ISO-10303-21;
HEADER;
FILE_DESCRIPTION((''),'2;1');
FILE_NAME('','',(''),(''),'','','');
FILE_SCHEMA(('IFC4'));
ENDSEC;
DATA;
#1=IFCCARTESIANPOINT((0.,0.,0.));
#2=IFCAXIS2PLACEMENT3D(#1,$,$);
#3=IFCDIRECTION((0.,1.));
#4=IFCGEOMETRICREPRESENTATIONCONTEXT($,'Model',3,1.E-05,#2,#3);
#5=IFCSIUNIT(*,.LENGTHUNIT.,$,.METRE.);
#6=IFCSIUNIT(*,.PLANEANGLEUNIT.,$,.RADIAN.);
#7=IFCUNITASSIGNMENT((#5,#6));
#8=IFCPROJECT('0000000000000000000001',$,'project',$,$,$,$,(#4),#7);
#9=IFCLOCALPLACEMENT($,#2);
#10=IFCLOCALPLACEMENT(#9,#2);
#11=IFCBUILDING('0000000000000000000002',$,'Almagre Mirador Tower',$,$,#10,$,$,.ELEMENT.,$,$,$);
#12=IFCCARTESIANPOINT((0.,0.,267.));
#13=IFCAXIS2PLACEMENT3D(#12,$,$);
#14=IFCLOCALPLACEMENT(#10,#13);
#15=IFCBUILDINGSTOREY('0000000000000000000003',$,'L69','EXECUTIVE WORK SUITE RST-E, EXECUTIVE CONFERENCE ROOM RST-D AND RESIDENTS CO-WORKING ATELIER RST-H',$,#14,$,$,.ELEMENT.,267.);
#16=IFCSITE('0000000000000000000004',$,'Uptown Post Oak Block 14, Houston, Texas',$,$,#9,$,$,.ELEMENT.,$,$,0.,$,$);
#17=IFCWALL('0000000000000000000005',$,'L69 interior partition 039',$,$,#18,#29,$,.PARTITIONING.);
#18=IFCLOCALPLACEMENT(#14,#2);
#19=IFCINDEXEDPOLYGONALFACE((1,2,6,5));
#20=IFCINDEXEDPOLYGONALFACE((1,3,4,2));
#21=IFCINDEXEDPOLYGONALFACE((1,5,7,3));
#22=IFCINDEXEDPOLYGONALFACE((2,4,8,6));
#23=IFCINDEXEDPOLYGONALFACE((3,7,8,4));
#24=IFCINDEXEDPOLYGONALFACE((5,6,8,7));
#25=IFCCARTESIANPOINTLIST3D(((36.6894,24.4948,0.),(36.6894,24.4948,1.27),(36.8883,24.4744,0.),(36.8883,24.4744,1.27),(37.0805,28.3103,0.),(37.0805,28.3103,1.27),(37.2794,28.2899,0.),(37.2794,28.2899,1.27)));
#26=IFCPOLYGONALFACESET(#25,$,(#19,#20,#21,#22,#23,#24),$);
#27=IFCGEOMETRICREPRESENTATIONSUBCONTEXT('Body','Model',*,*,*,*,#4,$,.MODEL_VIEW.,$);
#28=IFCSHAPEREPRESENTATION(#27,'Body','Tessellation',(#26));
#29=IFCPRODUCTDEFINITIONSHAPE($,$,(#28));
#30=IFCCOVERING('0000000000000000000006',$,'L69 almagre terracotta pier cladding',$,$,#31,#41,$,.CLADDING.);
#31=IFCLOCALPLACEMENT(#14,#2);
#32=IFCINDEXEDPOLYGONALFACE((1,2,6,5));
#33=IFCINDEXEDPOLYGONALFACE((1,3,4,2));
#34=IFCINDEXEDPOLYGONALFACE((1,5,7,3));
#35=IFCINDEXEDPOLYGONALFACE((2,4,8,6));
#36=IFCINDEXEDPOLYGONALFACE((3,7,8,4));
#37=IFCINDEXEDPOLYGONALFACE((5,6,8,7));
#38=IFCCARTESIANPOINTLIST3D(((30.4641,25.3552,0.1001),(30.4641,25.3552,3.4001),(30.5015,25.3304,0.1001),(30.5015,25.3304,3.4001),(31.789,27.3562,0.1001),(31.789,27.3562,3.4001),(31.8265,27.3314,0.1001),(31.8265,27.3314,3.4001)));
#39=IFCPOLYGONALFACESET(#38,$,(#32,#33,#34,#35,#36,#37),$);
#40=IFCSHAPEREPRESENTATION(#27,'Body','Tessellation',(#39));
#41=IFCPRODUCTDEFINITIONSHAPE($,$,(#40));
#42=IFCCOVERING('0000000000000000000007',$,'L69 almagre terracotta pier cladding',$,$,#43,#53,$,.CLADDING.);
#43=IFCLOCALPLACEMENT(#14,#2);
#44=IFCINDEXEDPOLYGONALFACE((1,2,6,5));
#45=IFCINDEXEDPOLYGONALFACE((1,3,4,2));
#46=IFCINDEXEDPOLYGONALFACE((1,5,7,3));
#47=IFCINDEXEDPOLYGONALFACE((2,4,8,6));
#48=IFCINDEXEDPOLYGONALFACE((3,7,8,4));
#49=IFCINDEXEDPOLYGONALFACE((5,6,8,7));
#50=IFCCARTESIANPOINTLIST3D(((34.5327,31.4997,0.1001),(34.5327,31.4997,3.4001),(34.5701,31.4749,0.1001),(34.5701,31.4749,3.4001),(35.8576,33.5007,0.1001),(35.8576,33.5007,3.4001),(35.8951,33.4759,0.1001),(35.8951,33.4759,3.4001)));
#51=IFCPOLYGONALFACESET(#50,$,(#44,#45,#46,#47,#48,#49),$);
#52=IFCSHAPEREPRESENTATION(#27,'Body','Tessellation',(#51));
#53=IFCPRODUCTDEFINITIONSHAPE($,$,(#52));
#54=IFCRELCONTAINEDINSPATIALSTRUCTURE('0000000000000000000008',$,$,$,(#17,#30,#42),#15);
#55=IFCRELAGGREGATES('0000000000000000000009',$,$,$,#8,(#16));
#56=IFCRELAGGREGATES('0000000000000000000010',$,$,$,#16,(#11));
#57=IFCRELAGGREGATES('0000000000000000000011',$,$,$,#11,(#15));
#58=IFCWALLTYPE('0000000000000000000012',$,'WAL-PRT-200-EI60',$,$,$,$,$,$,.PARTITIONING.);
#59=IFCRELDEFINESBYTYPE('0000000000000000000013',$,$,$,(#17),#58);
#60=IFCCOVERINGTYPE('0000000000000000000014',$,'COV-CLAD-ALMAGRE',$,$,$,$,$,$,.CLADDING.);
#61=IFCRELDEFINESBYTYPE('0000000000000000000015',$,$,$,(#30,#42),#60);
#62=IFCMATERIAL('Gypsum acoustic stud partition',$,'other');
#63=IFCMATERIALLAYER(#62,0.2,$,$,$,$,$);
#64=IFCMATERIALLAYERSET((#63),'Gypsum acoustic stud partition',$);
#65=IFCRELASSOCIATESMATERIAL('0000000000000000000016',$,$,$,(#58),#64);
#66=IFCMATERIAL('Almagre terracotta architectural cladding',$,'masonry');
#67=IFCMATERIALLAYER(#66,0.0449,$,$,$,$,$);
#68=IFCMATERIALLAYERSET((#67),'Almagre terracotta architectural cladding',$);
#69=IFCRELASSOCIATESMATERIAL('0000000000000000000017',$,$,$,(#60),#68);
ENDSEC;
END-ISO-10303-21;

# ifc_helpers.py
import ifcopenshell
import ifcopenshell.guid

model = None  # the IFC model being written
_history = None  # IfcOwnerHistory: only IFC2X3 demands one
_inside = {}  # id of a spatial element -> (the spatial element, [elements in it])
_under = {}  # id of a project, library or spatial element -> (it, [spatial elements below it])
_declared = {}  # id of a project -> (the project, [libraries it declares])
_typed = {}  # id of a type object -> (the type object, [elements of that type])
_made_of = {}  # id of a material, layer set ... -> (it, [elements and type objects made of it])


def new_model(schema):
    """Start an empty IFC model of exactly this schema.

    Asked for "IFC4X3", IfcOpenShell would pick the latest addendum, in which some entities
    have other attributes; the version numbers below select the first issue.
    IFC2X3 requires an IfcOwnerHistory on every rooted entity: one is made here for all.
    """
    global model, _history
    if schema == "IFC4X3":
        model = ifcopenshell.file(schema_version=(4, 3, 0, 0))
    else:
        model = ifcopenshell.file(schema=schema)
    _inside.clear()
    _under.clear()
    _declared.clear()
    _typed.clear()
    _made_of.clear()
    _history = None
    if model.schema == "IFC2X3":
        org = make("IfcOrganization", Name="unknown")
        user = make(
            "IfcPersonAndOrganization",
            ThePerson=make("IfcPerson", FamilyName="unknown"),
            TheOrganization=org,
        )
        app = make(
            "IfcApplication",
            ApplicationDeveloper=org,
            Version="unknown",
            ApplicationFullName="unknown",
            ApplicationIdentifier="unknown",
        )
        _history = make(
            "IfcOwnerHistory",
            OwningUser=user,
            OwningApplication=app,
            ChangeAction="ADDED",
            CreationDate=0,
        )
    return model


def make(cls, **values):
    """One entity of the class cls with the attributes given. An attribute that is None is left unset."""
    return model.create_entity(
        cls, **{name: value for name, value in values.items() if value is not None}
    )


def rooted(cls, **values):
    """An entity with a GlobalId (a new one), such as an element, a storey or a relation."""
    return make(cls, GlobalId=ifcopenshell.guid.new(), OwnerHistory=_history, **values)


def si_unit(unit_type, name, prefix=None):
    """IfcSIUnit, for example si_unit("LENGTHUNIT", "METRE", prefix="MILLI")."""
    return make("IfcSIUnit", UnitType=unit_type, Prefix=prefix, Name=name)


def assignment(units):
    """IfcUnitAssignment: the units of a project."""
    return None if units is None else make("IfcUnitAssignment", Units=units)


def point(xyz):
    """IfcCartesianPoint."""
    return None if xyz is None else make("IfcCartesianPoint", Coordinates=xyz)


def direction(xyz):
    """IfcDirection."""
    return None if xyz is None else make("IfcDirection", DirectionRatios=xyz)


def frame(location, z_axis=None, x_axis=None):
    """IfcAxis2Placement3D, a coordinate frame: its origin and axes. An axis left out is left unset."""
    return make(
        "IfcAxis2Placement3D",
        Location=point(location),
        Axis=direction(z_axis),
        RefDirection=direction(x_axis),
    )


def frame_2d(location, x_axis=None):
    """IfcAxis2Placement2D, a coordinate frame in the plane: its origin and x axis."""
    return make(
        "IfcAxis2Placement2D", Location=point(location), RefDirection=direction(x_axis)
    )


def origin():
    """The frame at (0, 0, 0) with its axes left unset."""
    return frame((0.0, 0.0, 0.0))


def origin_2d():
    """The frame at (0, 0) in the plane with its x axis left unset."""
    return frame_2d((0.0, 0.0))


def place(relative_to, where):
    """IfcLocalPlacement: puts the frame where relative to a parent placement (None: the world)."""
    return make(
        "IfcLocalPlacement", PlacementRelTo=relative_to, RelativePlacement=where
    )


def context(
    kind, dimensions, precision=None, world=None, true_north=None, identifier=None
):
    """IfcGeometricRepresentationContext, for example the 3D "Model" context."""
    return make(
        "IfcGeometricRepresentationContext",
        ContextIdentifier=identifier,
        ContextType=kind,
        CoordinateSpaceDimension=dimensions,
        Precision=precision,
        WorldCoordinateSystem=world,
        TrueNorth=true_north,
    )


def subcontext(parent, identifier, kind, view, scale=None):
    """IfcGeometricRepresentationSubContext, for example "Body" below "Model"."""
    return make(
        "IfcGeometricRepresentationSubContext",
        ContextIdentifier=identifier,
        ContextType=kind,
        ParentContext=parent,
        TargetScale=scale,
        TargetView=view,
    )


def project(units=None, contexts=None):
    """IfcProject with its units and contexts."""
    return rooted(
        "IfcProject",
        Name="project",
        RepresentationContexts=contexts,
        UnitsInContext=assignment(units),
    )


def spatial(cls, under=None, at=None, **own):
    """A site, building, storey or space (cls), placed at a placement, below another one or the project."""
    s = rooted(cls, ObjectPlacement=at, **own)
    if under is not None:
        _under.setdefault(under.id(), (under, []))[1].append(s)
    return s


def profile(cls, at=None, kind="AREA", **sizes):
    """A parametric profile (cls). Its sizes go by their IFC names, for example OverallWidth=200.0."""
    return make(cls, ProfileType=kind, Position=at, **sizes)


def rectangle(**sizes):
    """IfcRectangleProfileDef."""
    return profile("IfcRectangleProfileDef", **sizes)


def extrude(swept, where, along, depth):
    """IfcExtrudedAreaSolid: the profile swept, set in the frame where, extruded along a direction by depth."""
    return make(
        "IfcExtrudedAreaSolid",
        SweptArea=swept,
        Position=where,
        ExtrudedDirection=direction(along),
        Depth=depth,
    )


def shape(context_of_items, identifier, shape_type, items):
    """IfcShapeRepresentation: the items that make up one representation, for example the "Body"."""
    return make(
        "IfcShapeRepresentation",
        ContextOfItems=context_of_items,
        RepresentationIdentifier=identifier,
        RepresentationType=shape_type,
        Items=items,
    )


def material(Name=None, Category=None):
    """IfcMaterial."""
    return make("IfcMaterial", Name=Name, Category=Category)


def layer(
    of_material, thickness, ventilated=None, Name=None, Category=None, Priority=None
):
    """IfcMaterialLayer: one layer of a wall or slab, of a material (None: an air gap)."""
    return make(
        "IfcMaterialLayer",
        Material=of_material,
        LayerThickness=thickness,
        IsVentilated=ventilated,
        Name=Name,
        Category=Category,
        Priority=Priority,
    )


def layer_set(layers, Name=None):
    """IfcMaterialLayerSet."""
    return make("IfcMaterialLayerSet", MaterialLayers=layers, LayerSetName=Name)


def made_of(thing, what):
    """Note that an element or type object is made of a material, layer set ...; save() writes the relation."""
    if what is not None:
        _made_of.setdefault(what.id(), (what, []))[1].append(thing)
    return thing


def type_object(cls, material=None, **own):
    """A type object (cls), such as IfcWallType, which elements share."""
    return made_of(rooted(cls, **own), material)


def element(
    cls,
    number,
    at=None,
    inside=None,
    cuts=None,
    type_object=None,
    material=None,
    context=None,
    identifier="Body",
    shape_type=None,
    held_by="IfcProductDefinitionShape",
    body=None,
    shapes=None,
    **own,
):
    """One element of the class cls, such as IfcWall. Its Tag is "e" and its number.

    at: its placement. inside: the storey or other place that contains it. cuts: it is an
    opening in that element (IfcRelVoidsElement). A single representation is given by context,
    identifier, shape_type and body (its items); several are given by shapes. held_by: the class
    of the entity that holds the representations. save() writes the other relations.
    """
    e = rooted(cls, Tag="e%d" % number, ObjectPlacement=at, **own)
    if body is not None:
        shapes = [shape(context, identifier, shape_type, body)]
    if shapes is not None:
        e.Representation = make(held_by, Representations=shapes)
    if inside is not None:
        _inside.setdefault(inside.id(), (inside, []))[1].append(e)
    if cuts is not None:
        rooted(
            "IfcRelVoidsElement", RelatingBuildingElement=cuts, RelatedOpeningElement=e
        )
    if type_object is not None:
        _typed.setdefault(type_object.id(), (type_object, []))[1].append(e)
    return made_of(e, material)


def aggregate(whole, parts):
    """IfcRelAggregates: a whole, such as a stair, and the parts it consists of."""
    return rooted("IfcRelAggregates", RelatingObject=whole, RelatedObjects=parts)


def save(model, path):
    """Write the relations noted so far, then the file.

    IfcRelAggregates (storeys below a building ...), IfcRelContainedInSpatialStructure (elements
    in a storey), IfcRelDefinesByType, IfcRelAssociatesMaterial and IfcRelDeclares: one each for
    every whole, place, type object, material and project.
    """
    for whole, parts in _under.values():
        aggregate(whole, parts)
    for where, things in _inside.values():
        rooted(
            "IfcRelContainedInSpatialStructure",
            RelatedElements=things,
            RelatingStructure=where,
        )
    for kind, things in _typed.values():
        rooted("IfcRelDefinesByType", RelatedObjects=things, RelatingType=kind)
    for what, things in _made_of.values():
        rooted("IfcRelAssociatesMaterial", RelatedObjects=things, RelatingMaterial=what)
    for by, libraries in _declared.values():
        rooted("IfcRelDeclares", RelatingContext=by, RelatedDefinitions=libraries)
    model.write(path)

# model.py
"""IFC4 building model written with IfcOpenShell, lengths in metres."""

from ifc_helpers import new_model, si_unit, direction, frame, frame_2d, origin, origin_2d, place, context, subcontext, project, spatial, rectangle, extrude, material, layer, layer_set, type_object, element, save


model = new_model("IFC4")

# Units and contexts
model_context = context("Model", 3, precision=1e-05, world=origin(), true_north=direction((0.0, 1.0)))
body_context = subcontext(model_context, "Body", "Model", "MODEL_VIEW")
ifc_project = project(units=[si_unit("LENGTHUNIT", "METRE"), si_unit("PLANEANGLEUNIT", "RADIAN")], contexts=[model_context])

# Site, building, storey
site_placement = place(None, origin())
site = spatial("IfcSite", under=ifc_project, at=site_placement, Name="Uptown Post Oak Block 14, Houston, Texas", CompositionType="ELEMENT", RefElevation=0.0)
building_placement = place(site_placement, origin())
building = spatial("IfcBuilding", under=site, at=building_placement, Name="Almagre Mirador Tower", CompositionType="ELEMENT")
storey_placement = place(building_placement, frame((0.0, 0.0, 267.0)))
storey = spatial("IfcBuildingStorey", under=building, at=storey_placement, Name="L69", Description="EXECUTIVE WORK SUITE RST-E, EXECUTIVE CONFERENCE ROOM RST-D AND RESIDENTS CO-WORKING ATELIER RST-H", CompositionType="ELEMENT", Elevation=267.0)

# Shared definitions
ifc_material_1 = material(Name="Gypsum acoustic stud partition", Category="other")
ifc_layer_1 = layer(ifc_material_1, 0.2)
ifc_layer_set_1 = layer_set([ifc_layer_1], Name="Gypsum acoustic stud partition")
wall_type_1 = type_object("IfcWallType", Name="WAL-PRT-200-EI60", PredefinedType="PARTITIONING", material=ifc_layer_set_1)

# Wall
wall_1_placement = place(storey_placement, frame((36.7888, 24.4846, 0.0), z_axis=(0.0, 0.0, 1.0), x_axis=(0.101974, 0.994787, 0.0)))
element("IfcWall", 1, at=wall_1_placement, inside=storey, type_object=wall_type_1, Name="L69 interior partition 039", PredefinedType="PARTITIONING", context=body_context, shape_type="SweptSolid", body=[
    extrude(rectangle(XDim=3.8354, YDim=0.2, at=frame_2d((1.9177, 0.0))), origin(), (0.0, 0.0, 1.0), 1.27),
])

# Coverings
ifc_material_2 = material(Name="Almagre terracotta architectural cladding", Category="masonry")
ifc_layer_2 = layer(ifc_material_2, 0.0449)
ifc_layer_set_2 = layer_set([ifc_layer_2], Name="Almagre terracotta architectural cladding")
covering_type = type_object("IfcCoveringType", Name="COV-CLAD-ALMAGRE", PredefinedType="CLADDING", material=ifc_layer_set_2)
for number, where, z_axis, x_axis, name in (
    (2, (31.1453, 26.3433, 0.1001), (0.0, 0.0, 1.0), (0.552083, 0.833789, 0.0), "L69 almagre terracotta pier cladding"),
    (3, (35.2139, 32.4878, 0.1001), (0.0, 0.0, 1.0), (0.552083, 0.833789, 0.0), "L69 almagre terracotta pier cladding"),
):
    element("IfcCovering", number, at=place(storey_placement, frame(where, z_axis=z_axis, x_axis=x_axis)), inside=storey, type_object=covering_type, Name=name, PredefinedType="CLADDING", context=body_context, shape_type="SweptSolid", body=[
        extrude(rectangle(XDim=2.3999, YDim=0.0449, at=origin_2d()), origin(), (0.0, 0.0, 1.0), 3.3),
    ])

save(model, "model.ifc")
